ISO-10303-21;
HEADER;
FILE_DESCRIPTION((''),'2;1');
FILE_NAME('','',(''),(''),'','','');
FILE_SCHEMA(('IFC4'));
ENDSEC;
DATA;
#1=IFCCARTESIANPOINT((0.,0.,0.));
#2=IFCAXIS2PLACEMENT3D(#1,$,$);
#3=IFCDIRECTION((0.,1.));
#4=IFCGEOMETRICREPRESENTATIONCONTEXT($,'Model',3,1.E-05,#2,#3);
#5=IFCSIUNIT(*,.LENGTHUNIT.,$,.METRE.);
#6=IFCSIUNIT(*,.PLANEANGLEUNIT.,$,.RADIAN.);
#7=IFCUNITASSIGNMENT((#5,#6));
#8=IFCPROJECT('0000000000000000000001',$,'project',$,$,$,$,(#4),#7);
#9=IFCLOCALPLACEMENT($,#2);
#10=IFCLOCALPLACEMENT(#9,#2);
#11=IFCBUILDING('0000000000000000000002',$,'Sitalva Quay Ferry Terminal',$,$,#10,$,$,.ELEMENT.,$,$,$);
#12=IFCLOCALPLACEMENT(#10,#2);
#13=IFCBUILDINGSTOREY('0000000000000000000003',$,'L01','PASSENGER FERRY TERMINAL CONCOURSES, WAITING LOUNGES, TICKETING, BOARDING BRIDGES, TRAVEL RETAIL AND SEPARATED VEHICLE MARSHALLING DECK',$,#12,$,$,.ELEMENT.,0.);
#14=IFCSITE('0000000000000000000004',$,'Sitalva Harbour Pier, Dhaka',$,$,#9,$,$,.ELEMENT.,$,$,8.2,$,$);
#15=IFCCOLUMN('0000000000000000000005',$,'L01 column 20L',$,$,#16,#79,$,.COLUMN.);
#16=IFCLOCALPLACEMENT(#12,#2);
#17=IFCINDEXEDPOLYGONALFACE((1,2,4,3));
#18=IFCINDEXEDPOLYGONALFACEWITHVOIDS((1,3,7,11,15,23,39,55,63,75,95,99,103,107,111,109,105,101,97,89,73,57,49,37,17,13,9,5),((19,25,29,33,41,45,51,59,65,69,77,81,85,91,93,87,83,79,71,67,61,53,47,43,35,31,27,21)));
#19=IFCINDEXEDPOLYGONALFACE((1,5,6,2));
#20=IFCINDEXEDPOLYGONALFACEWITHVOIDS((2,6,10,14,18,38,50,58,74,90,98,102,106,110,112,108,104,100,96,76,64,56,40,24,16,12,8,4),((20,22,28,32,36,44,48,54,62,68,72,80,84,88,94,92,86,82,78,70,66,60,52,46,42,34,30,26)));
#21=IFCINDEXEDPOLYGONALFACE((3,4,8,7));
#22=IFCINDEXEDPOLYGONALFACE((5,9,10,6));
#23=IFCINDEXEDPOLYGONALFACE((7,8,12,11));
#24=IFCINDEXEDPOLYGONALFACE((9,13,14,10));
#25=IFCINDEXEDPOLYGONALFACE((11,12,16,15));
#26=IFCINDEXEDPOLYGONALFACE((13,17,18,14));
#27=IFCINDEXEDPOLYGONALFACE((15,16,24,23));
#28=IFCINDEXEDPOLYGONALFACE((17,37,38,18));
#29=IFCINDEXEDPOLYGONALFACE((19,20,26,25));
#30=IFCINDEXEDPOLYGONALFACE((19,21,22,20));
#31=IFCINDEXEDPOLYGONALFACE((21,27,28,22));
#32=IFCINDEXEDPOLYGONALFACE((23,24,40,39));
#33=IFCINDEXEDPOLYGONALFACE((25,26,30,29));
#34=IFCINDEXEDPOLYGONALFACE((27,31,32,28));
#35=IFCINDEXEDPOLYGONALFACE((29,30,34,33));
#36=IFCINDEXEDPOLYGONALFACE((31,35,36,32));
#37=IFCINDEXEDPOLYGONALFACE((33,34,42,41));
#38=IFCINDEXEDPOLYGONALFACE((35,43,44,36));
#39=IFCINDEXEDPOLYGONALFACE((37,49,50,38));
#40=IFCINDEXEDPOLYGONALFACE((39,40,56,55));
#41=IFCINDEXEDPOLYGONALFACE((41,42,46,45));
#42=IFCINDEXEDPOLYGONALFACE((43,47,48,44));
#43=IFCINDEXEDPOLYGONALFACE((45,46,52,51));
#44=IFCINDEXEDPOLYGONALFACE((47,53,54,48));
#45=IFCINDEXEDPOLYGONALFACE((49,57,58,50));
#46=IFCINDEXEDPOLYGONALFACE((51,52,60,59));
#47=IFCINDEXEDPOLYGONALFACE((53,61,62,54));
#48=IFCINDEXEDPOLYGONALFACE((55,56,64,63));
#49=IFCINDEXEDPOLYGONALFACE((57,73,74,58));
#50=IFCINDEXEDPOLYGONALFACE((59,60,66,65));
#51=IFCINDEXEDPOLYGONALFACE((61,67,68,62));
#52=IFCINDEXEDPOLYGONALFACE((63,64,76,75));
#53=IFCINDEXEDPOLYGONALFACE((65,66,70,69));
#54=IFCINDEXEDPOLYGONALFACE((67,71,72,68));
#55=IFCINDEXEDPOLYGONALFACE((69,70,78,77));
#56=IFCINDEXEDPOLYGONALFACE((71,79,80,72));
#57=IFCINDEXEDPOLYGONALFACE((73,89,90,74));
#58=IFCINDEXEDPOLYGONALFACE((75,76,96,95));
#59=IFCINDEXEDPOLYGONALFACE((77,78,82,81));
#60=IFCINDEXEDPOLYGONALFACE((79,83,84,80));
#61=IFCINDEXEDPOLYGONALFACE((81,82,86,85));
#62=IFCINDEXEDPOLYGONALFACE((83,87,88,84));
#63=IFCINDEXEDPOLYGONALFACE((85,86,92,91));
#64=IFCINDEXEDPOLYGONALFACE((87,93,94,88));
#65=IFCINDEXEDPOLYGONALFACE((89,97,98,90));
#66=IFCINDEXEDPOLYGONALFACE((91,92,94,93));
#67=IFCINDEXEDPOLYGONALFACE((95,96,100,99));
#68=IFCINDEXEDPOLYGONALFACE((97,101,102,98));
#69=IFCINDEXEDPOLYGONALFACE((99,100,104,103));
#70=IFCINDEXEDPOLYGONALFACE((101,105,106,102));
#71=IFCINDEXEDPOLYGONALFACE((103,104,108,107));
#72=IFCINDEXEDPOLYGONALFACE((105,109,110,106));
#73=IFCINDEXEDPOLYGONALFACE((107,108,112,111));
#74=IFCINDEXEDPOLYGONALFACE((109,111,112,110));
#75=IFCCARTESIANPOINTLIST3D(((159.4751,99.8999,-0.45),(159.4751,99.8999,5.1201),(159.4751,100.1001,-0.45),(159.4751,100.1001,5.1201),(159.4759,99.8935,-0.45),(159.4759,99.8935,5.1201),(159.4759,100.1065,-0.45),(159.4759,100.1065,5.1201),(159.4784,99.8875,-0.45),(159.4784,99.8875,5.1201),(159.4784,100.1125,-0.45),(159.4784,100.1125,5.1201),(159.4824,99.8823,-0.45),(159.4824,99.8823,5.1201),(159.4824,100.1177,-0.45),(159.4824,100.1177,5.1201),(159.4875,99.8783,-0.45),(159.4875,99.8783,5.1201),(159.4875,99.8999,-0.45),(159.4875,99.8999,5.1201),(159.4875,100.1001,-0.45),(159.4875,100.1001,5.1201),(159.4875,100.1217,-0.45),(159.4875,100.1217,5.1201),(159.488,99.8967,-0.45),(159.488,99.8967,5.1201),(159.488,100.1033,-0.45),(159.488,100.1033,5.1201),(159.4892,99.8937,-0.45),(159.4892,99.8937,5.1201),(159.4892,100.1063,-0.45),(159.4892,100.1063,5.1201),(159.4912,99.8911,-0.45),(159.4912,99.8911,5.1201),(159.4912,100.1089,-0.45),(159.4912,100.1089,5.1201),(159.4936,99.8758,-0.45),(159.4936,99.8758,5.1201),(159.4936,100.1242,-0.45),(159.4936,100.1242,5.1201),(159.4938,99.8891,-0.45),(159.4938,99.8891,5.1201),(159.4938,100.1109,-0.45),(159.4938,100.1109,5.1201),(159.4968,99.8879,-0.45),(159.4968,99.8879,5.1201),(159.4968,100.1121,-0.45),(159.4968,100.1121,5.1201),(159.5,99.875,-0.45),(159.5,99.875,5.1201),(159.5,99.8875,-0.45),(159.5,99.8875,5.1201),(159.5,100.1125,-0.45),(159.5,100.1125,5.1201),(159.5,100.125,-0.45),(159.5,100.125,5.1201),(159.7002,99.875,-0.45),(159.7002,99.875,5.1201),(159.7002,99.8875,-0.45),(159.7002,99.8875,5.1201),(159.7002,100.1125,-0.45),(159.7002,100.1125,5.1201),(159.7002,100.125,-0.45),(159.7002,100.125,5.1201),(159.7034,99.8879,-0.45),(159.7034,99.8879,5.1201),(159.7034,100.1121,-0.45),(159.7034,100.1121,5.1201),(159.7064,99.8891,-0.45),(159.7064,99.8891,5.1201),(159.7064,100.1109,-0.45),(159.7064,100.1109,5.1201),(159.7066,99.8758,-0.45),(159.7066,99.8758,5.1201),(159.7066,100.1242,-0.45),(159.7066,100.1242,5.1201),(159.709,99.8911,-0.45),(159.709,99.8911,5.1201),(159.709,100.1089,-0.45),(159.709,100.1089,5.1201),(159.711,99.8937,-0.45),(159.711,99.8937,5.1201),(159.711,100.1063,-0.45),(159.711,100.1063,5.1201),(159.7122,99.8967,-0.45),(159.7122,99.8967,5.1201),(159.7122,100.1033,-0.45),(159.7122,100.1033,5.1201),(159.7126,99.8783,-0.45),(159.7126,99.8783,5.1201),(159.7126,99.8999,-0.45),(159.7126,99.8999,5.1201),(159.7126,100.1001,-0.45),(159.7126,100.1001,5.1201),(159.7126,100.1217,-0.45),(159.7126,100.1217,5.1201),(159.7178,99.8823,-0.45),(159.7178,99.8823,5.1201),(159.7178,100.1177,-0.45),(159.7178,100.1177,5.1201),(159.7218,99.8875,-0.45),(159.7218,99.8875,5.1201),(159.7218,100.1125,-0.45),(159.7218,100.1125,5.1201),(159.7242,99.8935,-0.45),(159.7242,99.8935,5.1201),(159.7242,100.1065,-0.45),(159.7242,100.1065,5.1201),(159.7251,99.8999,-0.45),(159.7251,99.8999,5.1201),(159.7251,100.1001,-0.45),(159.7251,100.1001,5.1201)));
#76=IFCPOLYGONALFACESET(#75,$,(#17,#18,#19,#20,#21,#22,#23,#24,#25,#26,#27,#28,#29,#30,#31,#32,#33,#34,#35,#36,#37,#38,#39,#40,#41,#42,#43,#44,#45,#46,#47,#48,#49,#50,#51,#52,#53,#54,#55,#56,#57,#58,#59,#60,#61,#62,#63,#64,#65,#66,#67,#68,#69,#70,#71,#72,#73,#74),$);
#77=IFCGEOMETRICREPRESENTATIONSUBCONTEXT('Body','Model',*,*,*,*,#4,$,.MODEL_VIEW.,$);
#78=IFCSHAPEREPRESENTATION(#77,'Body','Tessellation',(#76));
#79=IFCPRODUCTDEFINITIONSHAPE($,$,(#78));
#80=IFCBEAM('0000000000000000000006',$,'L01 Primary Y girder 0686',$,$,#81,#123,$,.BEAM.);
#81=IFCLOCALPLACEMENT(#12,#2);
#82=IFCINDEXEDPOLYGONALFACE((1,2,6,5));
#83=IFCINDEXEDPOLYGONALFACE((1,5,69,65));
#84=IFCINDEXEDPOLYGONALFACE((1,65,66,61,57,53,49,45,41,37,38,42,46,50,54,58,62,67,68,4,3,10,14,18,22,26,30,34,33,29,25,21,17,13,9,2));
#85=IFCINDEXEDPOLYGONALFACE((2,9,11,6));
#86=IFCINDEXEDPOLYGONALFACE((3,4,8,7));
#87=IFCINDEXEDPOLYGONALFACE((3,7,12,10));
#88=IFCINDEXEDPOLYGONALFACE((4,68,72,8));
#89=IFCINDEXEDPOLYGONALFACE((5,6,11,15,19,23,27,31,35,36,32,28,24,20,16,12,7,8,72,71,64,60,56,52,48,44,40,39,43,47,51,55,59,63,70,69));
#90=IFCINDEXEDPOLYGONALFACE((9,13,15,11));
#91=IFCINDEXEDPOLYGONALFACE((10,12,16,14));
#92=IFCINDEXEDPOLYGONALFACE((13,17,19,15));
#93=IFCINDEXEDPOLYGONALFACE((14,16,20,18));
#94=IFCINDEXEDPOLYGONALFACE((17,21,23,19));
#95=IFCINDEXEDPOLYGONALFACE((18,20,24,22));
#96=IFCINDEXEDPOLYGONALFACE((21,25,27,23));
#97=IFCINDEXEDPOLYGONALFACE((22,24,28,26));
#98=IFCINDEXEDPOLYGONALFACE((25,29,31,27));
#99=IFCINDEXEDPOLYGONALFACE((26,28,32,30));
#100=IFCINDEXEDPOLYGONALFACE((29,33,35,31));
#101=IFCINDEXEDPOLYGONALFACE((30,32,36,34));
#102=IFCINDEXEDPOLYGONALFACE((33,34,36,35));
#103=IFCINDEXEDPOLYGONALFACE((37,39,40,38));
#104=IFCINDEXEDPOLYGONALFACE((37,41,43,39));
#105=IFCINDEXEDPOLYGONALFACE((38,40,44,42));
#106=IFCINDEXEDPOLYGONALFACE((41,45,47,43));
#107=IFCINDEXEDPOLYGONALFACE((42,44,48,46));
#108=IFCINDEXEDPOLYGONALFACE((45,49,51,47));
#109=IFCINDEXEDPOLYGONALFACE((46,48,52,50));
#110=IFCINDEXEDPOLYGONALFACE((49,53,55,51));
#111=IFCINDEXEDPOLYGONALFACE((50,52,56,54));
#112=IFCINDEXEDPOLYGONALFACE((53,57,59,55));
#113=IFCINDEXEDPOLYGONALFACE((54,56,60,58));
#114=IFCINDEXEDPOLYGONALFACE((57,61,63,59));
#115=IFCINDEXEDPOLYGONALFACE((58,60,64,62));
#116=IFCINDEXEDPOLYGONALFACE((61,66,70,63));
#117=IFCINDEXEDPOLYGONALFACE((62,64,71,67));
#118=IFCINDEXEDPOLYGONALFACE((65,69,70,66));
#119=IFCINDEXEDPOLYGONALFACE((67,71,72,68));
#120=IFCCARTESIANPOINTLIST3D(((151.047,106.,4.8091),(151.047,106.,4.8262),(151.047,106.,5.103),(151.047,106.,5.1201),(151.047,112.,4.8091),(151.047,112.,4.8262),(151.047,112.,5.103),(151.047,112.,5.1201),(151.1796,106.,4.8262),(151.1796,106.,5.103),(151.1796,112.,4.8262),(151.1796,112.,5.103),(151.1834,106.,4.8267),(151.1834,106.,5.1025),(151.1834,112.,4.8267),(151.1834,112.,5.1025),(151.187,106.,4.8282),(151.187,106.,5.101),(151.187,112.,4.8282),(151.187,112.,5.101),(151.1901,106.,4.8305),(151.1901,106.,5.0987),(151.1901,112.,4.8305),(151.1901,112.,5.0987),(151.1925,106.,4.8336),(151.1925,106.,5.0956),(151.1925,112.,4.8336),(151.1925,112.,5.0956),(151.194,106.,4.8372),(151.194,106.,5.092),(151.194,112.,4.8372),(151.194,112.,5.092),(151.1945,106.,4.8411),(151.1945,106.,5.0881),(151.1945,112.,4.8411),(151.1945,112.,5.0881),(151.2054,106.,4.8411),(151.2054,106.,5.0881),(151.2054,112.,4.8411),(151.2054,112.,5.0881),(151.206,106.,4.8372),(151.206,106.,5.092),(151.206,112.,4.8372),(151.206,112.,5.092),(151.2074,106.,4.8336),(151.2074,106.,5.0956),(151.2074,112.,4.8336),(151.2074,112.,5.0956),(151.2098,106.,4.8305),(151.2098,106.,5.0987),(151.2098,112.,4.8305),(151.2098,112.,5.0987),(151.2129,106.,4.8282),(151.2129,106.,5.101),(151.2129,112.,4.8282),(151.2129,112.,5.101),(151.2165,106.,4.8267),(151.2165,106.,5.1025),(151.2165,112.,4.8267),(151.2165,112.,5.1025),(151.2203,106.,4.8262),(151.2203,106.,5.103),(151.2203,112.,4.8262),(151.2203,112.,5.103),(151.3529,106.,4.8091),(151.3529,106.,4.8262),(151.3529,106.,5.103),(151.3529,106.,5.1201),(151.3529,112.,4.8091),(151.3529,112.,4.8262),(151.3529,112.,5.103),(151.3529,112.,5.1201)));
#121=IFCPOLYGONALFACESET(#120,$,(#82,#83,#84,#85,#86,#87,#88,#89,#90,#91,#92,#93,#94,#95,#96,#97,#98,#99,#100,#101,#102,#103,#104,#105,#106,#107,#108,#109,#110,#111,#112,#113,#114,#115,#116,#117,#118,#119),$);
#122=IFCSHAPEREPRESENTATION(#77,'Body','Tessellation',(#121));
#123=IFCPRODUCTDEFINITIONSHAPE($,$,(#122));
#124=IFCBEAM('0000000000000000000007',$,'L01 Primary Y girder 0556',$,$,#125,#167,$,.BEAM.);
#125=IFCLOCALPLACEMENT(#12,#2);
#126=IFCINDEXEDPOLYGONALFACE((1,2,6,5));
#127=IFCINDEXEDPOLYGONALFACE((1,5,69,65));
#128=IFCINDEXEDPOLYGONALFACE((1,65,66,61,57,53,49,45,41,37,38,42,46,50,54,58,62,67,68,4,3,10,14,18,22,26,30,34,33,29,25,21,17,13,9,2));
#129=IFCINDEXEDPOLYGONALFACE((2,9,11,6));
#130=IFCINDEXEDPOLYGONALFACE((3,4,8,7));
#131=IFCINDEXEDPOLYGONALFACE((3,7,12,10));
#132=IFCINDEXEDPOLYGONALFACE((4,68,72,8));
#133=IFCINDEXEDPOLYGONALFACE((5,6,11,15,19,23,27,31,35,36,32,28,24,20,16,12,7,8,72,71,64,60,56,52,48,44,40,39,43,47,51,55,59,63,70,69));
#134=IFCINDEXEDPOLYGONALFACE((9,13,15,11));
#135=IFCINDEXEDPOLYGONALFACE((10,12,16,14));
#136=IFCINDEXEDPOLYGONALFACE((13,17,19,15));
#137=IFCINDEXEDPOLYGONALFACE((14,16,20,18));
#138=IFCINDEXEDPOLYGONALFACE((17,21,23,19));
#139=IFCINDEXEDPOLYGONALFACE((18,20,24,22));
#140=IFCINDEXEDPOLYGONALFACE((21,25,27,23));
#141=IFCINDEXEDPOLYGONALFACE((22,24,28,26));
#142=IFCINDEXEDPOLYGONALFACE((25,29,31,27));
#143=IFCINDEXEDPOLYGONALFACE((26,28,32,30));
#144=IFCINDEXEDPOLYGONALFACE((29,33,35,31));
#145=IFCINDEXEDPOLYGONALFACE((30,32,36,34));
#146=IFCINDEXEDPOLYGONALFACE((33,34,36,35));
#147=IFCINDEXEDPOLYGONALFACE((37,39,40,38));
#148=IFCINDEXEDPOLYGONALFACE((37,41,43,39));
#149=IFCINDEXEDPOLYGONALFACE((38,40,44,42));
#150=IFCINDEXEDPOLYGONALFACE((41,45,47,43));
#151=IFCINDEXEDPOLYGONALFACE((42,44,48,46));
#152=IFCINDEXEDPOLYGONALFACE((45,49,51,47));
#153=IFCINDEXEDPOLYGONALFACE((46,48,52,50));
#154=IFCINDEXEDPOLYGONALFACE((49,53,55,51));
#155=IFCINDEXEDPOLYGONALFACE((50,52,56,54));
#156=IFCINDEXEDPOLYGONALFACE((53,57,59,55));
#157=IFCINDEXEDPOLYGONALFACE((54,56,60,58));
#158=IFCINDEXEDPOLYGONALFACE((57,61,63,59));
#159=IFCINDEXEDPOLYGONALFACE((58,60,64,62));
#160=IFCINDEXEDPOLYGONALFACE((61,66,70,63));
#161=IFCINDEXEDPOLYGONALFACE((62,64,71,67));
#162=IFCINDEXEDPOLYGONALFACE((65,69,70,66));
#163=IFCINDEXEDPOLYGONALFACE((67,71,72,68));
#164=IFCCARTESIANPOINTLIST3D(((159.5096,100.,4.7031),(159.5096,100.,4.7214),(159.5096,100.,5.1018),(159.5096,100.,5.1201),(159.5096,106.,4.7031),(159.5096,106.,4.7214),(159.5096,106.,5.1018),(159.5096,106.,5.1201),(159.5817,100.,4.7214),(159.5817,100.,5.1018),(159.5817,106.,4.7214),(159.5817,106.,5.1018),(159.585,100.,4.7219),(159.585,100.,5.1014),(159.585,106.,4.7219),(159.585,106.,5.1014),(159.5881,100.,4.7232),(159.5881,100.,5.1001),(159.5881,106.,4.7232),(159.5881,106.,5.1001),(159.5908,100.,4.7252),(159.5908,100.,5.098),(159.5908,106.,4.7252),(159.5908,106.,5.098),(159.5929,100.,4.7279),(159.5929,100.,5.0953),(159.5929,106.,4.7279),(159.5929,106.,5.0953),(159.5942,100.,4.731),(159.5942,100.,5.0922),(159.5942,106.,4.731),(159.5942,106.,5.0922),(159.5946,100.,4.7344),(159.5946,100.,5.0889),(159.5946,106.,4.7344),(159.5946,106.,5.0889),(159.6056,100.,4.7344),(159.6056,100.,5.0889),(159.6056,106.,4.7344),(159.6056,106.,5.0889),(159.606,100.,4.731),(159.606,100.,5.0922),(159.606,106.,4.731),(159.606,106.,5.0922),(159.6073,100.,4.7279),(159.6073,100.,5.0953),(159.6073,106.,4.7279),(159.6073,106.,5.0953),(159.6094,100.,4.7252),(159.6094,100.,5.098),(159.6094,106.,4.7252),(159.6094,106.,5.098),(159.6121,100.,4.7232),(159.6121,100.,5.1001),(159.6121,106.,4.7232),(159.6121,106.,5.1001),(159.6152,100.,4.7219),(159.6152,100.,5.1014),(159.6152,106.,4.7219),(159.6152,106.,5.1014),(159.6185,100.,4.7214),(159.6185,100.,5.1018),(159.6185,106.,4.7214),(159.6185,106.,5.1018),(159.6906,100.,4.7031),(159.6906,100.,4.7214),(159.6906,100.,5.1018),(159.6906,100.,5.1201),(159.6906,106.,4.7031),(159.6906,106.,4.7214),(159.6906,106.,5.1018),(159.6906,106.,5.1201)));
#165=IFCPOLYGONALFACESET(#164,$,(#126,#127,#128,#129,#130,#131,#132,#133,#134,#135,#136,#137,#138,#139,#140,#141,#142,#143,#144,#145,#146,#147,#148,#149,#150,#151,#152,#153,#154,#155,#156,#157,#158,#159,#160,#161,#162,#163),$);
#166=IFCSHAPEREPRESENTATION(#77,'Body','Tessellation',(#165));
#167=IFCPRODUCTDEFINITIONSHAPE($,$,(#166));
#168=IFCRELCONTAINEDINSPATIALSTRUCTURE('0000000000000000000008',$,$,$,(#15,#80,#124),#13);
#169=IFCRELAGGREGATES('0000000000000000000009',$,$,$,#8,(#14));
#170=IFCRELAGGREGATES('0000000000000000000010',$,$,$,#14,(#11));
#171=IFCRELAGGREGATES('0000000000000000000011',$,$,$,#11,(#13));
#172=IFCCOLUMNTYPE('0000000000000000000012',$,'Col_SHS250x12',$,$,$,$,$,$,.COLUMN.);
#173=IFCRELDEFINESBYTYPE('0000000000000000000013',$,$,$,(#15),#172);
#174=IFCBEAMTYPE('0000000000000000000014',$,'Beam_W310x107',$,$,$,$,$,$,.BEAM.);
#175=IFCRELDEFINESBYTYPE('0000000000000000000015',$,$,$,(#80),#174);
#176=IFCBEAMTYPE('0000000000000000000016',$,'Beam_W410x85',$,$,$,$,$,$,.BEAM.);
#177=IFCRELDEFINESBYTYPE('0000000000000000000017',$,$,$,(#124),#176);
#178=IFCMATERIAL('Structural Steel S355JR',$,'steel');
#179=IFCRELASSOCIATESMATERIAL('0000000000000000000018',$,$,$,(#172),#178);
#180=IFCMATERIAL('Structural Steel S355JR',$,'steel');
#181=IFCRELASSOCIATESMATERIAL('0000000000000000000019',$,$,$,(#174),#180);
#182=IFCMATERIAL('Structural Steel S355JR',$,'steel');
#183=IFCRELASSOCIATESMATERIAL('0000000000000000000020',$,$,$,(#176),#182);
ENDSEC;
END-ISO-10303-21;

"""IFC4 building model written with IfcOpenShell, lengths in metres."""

from ifc_helpers import new_model, si_unit, direction, frame, origin, origin_2d, place, context, subcontext, project, spatial, hollow_rectangle, i_section, extrude, material, material_profile, profile_set, type_object, element, save


model = new_model("IFC4")

# Units and contexts
model_context = context("Model", 3, precision=1e-05, world=origin(), true_north=direction((0.0, 1.0)))
body_context = subcontext(model_context, "Body", "Model", "MODEL_VIEW")
ifc_project = project(units=[si_unit("LENGTHUNIT", "METRE"), si_unit("PLANEANGLEUNIT", "RADIAN")], contexts=[model_context])

# Site, building, storey
site_placement = place(None, origin())
site = spatial("IfcSite", under=ifc_project, at=site_placement, Name="Sitalva Harbour Pier, Dhaka", CompositionType="ELEMENT", RefElevation=8.2)
building_placement = place(site_placement, origin())
building = spatial("IfcBuilding", under=site, at=building_placement, Name="Sitalva Quay Ferry Terminal", CompositionType="ELEMENT")
storey_placement = place(building_placement, origin())
storey = spatial("IfcBuildingStorey", under=building, at=storey_placement, Name="L01", Description="PASSENGER FERRY TERMINAL CONCOURSES, WAITING LOUNGES, TICKETING, BOARDING BRIDGES, TRAVEL RETAIL AND SEPARATED VEHICLE MARSHALLING DECK", CompositionType="ELEMENT", Elevation=0.0)

# Column
ifc_material_1 = material(Name="Structural Steel S355JR", Category="steel")
ifc_material_profile_1 = material_profile(ifc_material_1, hollow_rectangle(XDim=0.25, YDim=0.25, WallThickness=0.0125, InnerFilletRadius=0.0125, OuterFilletRadius=0.0249, at=origin_2d()), Name="SHS250x250x12.5")
ifc_profile_set_1 = profile_set([ifc_material_profile_1], Name="Structural Steel S355JR")
column_type_1 = type_object("IfcColumnType", Name="Col_SHS250x12", PredefinedType="COLUMN", material=ifc_profile_set_1)
column_1_placement = place(storey_placement, frame((159.6001, 100.0, -0.45), z_axis=(0.0, 0.0, 1.0), x_axis=(1.0, 0.0, 0.0)))
element("IfcColumn", 1, at=column_1_placement, inside=storey, type_object=column_type_1, Name="L01 column 20L", PredefinedType="COLUMN", context=body_context, shape_type="SweptSolid", body=[
    extrude(hollow_rectangle(XDim=0.25, YDim=0.25, WallThickness=0.0125, InnerFilletRadius=0.0125, OuterFilletRadius=0.0249, at=origin_2d()), origin(), (0.0, 0.0, 1.0), 5.5701),
])

# Beams
ifc_material_2 = material(Name="Structural Steel S355JR", Category="steel")
ifc_material_profile_2 = material_profile(ifc_material_2, i_section(OverallWidth=0.3059, OverallDepth=0.311, WebThickness=0.011, FlangeThickness=0.0171, FilletRadius=0.0149, at=origin_2d()), Name="W310x107")
ifc_profile_set_2 = profile_set([ifc_material_profile_2], Name="Structural Steel S355JR")
beam_type_1 = type_object("IfcBeamType", Name="Beam_W310x107", PredefinedType="BEAM", material=ifc_profile_set_2)
beam_1_placement = place(storey_placement, frame((151.2, 106.0, 4.9646), z_axis=(0.0, 1.0, 0.0), x_axis=(-1.0, 0.0, 0.0)))
element("IfcBeam", 2, at=beam_1_placement, inside=storey, type_object=beam_type_1, Name="L01 Primary Y girder 0686", PredefinedType="BEAM", context=body_context, shape_type="SweptSolid", body=[
    extrude(i_section(OverallWidth=0.3059, OverallDepth=0.311, WebThickness=0.011, FlangeThickness=0.0171, FilletRadius=0.0149, at=origin_2d()), origin(), (0.0, 0.0, 1.0), 6.0),
])
ifc_material_3 = material(Name="Structural Steel S355JR", Category="steel")
ifc_material_profile_3 = material_profile(ifc_material_3, i_section(OverallWidth=0.1809, OverallDepth=0.417, WebThickness=0.011, FlangeThickness=0.0183, FilletRadius=0.0129, at=origin_2d()), Name="W410x85")
ifc_profile_set_3 = profile_set([ifc_material_profile_3], Name="Structural Steel S355JR")
beam_type_2 = type_object("IfcBeamType", Name="Beam_W410x85", PredefinedType="BEAM", material=ifc_profile_set_3)
beam_2_placement = place(storey_placement, frame((159.6001, 100.0, 4.9116), z_axis=(0.0, 1.0, 0.0), x_axis=(-1.0, 0.0, 0.0)))
element("IfcBeam", 3, at=beam_2_placement, inside=storey, type_object=beam_type_2, Name="L01 Primary Y girder 0556", PredefinedType="BEAM", context=body_context, shape_type="SweptSolid", body=[
    extrude(i_section(OverallWidth=0.1809, OverallDepth=0.417, WebThickness=0.011, FlangeThickness=0.0183, FilletRadius=0.0129, at=origin_2d()), origin(), (0.0, 0.0, 1.0), 6.0),
])

save(model, "model.ifc")
